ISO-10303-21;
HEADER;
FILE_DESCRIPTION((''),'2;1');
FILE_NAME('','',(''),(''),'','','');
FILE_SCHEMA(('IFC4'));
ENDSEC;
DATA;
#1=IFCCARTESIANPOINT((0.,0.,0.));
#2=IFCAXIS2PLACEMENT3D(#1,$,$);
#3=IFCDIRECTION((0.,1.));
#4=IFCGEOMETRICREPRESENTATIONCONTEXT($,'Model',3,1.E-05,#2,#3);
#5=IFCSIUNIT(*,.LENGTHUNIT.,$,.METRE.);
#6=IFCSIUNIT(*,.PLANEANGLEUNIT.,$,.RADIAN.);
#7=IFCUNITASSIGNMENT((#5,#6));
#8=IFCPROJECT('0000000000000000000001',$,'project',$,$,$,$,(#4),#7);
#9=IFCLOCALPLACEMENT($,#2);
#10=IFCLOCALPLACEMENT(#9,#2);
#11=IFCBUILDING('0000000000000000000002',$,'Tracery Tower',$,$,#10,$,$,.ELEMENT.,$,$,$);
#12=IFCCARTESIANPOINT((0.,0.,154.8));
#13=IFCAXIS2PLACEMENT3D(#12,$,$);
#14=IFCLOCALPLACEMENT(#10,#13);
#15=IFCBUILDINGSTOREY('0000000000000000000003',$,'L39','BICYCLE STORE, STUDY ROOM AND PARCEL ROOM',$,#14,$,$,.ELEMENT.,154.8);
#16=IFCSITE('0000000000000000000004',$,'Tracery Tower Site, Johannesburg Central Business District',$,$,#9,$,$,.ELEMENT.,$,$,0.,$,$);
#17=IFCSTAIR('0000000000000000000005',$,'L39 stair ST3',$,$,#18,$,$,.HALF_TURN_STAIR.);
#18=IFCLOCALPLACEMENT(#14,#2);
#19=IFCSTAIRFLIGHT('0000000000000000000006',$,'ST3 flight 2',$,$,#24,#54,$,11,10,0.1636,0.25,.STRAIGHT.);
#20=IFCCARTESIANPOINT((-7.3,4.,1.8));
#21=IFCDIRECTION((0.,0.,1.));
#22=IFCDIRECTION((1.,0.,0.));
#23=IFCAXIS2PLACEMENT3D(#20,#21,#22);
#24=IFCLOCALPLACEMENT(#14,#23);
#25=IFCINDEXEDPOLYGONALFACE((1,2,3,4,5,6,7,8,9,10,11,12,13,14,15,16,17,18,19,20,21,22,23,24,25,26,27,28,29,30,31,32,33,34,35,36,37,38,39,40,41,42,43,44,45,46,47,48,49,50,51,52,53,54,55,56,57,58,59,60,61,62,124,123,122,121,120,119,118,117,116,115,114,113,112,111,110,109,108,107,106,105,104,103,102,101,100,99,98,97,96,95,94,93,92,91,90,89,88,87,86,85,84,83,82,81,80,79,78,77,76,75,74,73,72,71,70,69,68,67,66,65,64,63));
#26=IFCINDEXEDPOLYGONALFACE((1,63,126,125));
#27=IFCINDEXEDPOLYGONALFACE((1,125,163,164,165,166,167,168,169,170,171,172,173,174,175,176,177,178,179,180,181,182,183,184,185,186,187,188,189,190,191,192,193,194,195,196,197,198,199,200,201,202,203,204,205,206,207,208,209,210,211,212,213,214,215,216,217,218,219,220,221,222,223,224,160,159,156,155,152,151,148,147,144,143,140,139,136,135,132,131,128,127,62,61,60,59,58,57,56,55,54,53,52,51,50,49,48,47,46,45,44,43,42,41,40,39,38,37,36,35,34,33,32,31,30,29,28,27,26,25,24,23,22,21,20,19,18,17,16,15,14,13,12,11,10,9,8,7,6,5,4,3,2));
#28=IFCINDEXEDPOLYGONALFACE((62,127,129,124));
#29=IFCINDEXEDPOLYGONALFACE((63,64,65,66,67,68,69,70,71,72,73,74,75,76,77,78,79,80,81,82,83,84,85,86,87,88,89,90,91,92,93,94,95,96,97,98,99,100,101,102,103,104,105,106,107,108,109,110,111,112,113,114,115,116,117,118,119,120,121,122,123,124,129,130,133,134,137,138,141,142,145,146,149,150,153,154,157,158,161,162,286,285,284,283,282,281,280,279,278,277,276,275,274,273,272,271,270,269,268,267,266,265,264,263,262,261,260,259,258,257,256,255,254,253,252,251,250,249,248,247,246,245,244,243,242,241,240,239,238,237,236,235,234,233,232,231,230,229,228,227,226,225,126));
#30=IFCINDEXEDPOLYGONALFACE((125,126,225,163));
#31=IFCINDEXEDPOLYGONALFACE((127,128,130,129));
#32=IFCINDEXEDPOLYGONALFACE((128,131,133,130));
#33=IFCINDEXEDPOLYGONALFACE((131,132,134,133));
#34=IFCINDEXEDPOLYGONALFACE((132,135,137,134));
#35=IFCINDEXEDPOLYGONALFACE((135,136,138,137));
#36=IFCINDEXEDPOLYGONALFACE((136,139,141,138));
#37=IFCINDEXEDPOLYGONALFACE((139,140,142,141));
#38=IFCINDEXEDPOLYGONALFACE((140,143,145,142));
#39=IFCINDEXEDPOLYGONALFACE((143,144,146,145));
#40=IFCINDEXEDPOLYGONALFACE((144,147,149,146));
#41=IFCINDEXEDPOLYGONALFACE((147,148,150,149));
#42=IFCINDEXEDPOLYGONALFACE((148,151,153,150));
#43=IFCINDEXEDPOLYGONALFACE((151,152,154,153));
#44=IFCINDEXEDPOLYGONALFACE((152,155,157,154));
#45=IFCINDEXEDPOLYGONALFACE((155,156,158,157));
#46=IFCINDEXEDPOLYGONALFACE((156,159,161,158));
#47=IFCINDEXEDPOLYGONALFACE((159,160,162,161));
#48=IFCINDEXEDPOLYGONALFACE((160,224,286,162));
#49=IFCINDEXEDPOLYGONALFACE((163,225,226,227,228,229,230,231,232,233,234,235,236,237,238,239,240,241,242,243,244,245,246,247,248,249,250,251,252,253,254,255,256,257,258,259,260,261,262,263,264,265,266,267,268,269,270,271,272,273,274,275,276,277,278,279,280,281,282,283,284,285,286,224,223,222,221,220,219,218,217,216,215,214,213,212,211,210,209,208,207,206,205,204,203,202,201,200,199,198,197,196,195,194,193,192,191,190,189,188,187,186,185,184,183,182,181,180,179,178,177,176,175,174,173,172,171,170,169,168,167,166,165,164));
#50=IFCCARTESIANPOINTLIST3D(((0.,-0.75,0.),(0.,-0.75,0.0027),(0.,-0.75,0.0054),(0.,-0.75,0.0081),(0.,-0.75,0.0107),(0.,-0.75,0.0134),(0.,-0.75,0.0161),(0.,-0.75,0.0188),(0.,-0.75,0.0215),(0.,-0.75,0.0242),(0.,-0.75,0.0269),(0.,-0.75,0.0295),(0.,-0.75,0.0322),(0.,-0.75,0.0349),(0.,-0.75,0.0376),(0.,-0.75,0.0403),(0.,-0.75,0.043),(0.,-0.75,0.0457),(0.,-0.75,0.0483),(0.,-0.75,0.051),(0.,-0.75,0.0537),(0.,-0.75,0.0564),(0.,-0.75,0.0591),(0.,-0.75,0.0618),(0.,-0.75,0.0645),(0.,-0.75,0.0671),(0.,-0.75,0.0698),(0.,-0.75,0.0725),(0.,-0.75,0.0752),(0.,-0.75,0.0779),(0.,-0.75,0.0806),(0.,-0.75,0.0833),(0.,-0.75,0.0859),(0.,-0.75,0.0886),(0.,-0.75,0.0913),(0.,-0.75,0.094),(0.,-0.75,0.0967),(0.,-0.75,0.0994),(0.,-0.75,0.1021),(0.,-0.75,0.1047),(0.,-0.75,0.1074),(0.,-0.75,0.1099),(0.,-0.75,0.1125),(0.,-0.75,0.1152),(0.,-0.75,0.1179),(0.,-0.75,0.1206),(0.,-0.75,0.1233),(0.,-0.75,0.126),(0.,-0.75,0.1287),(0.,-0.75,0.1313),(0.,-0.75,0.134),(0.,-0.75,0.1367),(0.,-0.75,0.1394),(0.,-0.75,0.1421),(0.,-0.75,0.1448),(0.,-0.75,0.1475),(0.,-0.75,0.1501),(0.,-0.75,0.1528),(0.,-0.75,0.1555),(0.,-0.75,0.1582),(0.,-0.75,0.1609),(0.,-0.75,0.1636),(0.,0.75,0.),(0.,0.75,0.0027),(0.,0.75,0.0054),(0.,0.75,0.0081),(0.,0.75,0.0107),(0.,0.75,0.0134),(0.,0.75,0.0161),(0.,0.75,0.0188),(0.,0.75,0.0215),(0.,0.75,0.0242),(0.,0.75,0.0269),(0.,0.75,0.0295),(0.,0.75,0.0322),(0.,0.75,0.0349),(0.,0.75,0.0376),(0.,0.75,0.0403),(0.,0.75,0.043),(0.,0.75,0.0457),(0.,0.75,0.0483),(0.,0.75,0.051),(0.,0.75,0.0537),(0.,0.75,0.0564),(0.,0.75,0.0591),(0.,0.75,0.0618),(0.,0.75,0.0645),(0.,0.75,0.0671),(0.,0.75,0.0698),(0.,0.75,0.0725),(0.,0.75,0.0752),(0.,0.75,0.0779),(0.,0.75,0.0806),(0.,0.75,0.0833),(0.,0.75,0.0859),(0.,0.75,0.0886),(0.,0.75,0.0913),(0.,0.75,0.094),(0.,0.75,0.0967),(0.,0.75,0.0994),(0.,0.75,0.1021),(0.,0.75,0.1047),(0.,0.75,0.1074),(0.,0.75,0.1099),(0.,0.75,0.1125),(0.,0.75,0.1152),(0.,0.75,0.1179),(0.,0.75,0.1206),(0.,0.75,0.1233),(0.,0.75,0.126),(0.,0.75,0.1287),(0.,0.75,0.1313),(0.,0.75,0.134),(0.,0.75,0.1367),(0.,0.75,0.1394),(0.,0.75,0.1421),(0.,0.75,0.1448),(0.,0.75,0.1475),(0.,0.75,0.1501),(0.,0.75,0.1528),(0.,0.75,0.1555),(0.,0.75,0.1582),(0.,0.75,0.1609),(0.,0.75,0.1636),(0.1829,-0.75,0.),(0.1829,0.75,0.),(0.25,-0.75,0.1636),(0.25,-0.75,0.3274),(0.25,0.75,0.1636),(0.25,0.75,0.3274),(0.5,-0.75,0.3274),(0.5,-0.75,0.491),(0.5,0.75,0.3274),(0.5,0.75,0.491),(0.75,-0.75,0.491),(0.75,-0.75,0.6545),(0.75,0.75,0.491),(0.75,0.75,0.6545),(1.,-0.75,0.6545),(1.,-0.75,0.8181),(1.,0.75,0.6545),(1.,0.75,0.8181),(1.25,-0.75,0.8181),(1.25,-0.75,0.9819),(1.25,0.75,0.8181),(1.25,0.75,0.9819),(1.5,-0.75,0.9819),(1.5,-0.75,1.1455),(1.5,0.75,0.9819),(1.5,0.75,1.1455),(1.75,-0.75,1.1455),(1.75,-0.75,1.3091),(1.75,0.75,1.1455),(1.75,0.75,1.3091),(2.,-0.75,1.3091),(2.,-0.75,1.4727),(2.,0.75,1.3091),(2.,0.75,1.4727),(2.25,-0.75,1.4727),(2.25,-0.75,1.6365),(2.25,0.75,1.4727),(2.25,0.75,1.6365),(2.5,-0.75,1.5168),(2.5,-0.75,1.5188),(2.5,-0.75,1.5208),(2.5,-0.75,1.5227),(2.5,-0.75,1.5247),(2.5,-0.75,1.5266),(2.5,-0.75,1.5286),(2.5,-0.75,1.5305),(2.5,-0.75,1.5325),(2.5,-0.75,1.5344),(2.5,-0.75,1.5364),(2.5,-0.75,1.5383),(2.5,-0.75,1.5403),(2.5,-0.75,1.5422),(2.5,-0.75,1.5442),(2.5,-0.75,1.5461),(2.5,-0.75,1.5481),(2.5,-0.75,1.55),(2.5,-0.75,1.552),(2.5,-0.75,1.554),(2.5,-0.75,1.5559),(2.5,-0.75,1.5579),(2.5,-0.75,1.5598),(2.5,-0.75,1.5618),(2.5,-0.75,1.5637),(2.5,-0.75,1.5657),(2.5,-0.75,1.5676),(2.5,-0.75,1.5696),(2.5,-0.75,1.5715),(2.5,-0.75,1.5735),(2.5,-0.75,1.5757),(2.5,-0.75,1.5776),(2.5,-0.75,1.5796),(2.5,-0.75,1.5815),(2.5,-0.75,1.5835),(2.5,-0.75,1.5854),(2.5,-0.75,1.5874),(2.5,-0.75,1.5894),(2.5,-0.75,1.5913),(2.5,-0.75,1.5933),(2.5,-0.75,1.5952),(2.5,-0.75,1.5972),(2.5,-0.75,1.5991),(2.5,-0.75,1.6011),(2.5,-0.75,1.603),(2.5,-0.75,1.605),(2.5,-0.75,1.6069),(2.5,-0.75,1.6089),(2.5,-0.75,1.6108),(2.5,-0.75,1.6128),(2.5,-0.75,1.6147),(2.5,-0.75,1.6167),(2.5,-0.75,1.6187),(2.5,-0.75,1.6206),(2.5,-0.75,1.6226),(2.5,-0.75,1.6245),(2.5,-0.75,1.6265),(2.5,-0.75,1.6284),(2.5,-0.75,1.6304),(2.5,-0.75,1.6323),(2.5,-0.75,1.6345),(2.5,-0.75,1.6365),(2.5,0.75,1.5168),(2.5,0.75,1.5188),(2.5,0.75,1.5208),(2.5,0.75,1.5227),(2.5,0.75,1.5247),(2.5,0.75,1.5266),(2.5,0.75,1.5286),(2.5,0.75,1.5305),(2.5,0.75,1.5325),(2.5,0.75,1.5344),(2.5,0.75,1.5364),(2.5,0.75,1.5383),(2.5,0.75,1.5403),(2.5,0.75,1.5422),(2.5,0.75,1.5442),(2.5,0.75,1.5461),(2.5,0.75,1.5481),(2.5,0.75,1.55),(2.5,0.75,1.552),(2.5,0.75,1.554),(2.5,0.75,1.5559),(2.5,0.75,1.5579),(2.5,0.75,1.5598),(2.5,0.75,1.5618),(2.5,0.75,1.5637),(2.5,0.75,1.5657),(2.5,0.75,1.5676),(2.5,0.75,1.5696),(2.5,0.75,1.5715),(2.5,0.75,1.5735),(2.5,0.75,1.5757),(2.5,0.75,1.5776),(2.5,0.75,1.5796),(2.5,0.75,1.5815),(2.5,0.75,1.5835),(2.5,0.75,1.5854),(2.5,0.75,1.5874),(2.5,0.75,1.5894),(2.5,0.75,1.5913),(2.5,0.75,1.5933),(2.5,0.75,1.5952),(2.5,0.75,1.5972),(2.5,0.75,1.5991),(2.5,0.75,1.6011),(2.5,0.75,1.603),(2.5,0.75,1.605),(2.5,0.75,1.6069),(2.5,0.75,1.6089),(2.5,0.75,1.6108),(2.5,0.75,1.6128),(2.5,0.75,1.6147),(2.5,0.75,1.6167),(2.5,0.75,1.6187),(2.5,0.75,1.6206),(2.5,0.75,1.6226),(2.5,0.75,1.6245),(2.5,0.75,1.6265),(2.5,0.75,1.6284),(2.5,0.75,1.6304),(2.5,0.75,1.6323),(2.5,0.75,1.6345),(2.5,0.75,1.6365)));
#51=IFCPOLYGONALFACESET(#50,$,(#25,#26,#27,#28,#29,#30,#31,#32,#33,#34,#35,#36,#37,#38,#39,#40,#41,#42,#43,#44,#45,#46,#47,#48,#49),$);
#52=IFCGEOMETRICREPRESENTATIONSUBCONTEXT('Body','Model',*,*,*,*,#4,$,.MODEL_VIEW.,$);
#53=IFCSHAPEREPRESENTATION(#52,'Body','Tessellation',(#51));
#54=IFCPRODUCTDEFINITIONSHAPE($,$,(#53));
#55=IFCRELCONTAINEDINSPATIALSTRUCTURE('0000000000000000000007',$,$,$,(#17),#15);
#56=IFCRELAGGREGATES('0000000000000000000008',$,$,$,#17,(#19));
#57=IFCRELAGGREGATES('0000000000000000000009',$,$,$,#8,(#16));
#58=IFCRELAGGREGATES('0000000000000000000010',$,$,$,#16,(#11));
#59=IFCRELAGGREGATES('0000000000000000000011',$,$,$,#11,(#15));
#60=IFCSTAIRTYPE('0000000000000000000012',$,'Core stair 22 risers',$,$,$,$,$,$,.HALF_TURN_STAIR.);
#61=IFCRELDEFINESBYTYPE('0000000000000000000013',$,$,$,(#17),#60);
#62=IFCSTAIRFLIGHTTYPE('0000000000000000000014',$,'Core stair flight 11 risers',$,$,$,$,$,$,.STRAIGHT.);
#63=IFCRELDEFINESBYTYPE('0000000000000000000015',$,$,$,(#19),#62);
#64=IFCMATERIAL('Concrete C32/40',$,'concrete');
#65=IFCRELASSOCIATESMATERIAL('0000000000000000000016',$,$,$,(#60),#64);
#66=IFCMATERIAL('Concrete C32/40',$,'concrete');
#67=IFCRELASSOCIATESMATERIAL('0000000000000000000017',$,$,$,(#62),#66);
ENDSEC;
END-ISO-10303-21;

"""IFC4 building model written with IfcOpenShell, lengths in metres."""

from ifc_helpers import new_model, si_unit, direction, frame, origin, place, context, subcontext, project, spatial, polyline, outline, extrude, material, type_object, element, aggregate, save


model = new_model("IFC4")

# Units and contexts
model_context = context("Model", 3, precision=1e-05, world=origin(), true_north=direction((0.0, 1.0)))
body_context = subcontext(model_context, "Body", "Model", "MODEL_VIEW")
ifc_project = project(units=[si_unit("LENGTHUNIT", "METRE"), si_unit("PLANEANGLEUNIT", "RADIAN")], contexts=[model_context])

# Site, building, storey
site_placement = place(None, origin())
site = spatial("IfcSite", under=ifc_project, at=site_placement, Name="Tracery Tower Site, Johannesburg Central Business District", CompositionType="ELEMENT", RefElevation=0.0)
building_placement = place(site_placement, origin())
building = spatial("IfcBuilding", under=site, at=building_placement, Name="Tracery Tower", CompositionType="ELEMENT")
storey_placement = place(building_placement, frame((0.0, 0.0, 154.8)))
storey = spatial("IfcBuildingStorey", under=building, at=storey_placement, Name="L39", Description="BICYCLE STORE, STUDY ROOM AND PARCEL ROOM", CompositionType="ELEMENT", Elevation=154.8)

# Stair, stair flight
ifc_material_1 = material(Name="Concrete C32/40", Category="concrete")
stair_type = type_object("IfcStairType", Name="Core stair 22 risers", PredefinedType="HALF_TURN_STAIR", material=ifc_material_1)
stair_placement = place(storey_placement, origin())
stair = element("IfcStair", 1, at=stair_placement, inside=storey, type_object=stair_type, Name="L39 stair ST3", PredefinedType="HALF_TURN_STAIR")
ifc_material_2 = material(Name="Concrete C32/40", Category="concrete")
stair_flight_type = type_object("IfcStairFlightType", Name="Core stair flight 11 risers", PredefinedType="STRAIGHT", material=ifc_material_2)
stair_flight_1_placement = place(storey_placement, frame((-7.3, 4.0, 1.8), z_axis=(0.0, 0.0, 1.0), x_axis=(1.0, 0.0, 0.0)))
stair_flight_1 = element("IfcStairFlight", 2, at=stair_flight_1_placement, type_object=stair_flight_type, Name="ST3 flight 2", NumberOfRisers=11, NumberOfTreads=10, PredefinedType="STRAIGHT", RiserHeight=0.1636, TreadLength=0.25, context=body_context, shape_type="SweptSolid", body=[
    extrude(outline(polyline([(0.0, 0.0), (0.0, 0.0027), (0.0, 0.0054), (0.0, 0.0081), (0.0, 0.0107), (0.0, 0.0134), (0.0, 0.0161), (0.0, 0.0188), (0.0, 0.0215), (0.0, 0.0242), (0.0, 0.0269), (0.0, 0.0295), (0.0, 0.0322), (0.0, 0.0349), (0.0, 0.0376), (0.0, 0.0403), (0.0, 0.043), (0.0, 0.0457), (0.0, 0.0483), (0.0, 0.051), (0.0, 0.0537), (0.0, 0.0564), (0.0, 0.0591), (0.0, 0.0618), (0.0, 0.0645), (0.0, 0.0671), (0.0, 0.0698), (0.0, 0.0725), (0.0, 0.0752), (0.0, 0.0779), (0.0, 0.0806), (0.0, 0.0833), (0.0, 0.0859), (0.0, 0.0886), (0.0, 0.0913), (0.0, 0.094), (0.0, 0.0967), (0.0, 0.0994), (0.0, 0.1021), (0.0, 0.1047), (0.0, 0.1074), (0.0, 0.1099), (0.0, 0.1125), (0.0, 0.1152), (0.0, 0.1179), (0.0, 0.1206), (0.0, 0.1233), (0.0, 0.126), (0.0, 0.1287), (0.0, 0.1313), (0.0, 0.134), (0.0, 0.1367), (0.0, 0.1394), (0.0, 0.1421), (0.0, 0.1448), (0.0, 0.1475), (0.0, 0.1501), (0.0, 0.1528), (0.0, 0.1555), (0.0, 0.1582), (0.0, 0.1609), (0.0, 0.1636), (0.25, 0.1636), (0.25, 0.3274), (0.5, 0.3274), (0.5, 0.491), (0.75, 0.491), (0.75, 0.6545), (1.0, 0.6545), (1.0, 0.8181), (1.25, 0.8181), (1.25, 0.9819), (1.5, 0.9819), (1.5, 1.1455), (1.75, 1.1455), (1.75, 1.3091), (2.0, 1.3091), (2.0, 1.4727), (2.25, 1.4727), (2.25, 1.6365), (2.5, 1.6365), (2.5, 1.6345), (2.5, 1.6323), (2.5, 1.6304), (2.5, 1.6284), (2.5, 1.6265), (2.5, 1.6245), (2.5, 1.6226), (2.5, 1.6206), (2.5, 1.6187), (2.5, 1.6167), (2.5, 1.6147), (2.5, 1.6128), (2.5, 1.6108), (2.5, 1.6089), (2.5, 1.6069), (2.5, 1.605), (2.5, 1.603), (2.5, 1.6011), (2.5, 1.5991), (2.5, 1.5972), (2.5, 1.5952), (2.5, 1.5933), (2.5, 1.5913), (2.5, 1.5894), (2.5, 1.5874), (2.5, 1.5854), (2.5, 1.5835), (2.5, 1.5815), (2.5, 1.5796), (2.5, 1.5776), (2.5, 1.5757), (2.5, 1.5735), (2.5, 1.5715), (2.5, 1.5696), (2.5, 1.5676), (2.5, 1.5657), (2.5, 1.5637), (2.5, 1.5618), (2.5, 1.5598), (2.5, 1.5579), (2.5, 1.5559), (2.5, 1.554), (2.5, 1.552), (2.5, 1.55), (2.5, 1.5481), (2.5, 1.5461), (2.5, 1.5442), (2.5, 1.5422), (2.5, 1.5403), (2.5, 1.5383), (2.5, 1.5364), (2.5, 1.5344), (2.5, 1.5325), (2.5, 1.5305), (2.5, 1.5286), (2.5, 1.5266), (2.5, 1.5247), (2.5, 1.5227), (2.5, 1.5208), (2.5, 1.5188), (2.5, 1.5168), (0.1829, 0.0), (0.0, 0.0)])), frame((0.0, 0.75, 0.0), z_axis=(0.0, -1.0, 0.0), x_axis=(1.0, 0.0, 0.0)), (0.0, 0.0, 1.0), 1.5),
])
aggregate(stair, [stair_flight_1])

save(model, "model.ifc")
